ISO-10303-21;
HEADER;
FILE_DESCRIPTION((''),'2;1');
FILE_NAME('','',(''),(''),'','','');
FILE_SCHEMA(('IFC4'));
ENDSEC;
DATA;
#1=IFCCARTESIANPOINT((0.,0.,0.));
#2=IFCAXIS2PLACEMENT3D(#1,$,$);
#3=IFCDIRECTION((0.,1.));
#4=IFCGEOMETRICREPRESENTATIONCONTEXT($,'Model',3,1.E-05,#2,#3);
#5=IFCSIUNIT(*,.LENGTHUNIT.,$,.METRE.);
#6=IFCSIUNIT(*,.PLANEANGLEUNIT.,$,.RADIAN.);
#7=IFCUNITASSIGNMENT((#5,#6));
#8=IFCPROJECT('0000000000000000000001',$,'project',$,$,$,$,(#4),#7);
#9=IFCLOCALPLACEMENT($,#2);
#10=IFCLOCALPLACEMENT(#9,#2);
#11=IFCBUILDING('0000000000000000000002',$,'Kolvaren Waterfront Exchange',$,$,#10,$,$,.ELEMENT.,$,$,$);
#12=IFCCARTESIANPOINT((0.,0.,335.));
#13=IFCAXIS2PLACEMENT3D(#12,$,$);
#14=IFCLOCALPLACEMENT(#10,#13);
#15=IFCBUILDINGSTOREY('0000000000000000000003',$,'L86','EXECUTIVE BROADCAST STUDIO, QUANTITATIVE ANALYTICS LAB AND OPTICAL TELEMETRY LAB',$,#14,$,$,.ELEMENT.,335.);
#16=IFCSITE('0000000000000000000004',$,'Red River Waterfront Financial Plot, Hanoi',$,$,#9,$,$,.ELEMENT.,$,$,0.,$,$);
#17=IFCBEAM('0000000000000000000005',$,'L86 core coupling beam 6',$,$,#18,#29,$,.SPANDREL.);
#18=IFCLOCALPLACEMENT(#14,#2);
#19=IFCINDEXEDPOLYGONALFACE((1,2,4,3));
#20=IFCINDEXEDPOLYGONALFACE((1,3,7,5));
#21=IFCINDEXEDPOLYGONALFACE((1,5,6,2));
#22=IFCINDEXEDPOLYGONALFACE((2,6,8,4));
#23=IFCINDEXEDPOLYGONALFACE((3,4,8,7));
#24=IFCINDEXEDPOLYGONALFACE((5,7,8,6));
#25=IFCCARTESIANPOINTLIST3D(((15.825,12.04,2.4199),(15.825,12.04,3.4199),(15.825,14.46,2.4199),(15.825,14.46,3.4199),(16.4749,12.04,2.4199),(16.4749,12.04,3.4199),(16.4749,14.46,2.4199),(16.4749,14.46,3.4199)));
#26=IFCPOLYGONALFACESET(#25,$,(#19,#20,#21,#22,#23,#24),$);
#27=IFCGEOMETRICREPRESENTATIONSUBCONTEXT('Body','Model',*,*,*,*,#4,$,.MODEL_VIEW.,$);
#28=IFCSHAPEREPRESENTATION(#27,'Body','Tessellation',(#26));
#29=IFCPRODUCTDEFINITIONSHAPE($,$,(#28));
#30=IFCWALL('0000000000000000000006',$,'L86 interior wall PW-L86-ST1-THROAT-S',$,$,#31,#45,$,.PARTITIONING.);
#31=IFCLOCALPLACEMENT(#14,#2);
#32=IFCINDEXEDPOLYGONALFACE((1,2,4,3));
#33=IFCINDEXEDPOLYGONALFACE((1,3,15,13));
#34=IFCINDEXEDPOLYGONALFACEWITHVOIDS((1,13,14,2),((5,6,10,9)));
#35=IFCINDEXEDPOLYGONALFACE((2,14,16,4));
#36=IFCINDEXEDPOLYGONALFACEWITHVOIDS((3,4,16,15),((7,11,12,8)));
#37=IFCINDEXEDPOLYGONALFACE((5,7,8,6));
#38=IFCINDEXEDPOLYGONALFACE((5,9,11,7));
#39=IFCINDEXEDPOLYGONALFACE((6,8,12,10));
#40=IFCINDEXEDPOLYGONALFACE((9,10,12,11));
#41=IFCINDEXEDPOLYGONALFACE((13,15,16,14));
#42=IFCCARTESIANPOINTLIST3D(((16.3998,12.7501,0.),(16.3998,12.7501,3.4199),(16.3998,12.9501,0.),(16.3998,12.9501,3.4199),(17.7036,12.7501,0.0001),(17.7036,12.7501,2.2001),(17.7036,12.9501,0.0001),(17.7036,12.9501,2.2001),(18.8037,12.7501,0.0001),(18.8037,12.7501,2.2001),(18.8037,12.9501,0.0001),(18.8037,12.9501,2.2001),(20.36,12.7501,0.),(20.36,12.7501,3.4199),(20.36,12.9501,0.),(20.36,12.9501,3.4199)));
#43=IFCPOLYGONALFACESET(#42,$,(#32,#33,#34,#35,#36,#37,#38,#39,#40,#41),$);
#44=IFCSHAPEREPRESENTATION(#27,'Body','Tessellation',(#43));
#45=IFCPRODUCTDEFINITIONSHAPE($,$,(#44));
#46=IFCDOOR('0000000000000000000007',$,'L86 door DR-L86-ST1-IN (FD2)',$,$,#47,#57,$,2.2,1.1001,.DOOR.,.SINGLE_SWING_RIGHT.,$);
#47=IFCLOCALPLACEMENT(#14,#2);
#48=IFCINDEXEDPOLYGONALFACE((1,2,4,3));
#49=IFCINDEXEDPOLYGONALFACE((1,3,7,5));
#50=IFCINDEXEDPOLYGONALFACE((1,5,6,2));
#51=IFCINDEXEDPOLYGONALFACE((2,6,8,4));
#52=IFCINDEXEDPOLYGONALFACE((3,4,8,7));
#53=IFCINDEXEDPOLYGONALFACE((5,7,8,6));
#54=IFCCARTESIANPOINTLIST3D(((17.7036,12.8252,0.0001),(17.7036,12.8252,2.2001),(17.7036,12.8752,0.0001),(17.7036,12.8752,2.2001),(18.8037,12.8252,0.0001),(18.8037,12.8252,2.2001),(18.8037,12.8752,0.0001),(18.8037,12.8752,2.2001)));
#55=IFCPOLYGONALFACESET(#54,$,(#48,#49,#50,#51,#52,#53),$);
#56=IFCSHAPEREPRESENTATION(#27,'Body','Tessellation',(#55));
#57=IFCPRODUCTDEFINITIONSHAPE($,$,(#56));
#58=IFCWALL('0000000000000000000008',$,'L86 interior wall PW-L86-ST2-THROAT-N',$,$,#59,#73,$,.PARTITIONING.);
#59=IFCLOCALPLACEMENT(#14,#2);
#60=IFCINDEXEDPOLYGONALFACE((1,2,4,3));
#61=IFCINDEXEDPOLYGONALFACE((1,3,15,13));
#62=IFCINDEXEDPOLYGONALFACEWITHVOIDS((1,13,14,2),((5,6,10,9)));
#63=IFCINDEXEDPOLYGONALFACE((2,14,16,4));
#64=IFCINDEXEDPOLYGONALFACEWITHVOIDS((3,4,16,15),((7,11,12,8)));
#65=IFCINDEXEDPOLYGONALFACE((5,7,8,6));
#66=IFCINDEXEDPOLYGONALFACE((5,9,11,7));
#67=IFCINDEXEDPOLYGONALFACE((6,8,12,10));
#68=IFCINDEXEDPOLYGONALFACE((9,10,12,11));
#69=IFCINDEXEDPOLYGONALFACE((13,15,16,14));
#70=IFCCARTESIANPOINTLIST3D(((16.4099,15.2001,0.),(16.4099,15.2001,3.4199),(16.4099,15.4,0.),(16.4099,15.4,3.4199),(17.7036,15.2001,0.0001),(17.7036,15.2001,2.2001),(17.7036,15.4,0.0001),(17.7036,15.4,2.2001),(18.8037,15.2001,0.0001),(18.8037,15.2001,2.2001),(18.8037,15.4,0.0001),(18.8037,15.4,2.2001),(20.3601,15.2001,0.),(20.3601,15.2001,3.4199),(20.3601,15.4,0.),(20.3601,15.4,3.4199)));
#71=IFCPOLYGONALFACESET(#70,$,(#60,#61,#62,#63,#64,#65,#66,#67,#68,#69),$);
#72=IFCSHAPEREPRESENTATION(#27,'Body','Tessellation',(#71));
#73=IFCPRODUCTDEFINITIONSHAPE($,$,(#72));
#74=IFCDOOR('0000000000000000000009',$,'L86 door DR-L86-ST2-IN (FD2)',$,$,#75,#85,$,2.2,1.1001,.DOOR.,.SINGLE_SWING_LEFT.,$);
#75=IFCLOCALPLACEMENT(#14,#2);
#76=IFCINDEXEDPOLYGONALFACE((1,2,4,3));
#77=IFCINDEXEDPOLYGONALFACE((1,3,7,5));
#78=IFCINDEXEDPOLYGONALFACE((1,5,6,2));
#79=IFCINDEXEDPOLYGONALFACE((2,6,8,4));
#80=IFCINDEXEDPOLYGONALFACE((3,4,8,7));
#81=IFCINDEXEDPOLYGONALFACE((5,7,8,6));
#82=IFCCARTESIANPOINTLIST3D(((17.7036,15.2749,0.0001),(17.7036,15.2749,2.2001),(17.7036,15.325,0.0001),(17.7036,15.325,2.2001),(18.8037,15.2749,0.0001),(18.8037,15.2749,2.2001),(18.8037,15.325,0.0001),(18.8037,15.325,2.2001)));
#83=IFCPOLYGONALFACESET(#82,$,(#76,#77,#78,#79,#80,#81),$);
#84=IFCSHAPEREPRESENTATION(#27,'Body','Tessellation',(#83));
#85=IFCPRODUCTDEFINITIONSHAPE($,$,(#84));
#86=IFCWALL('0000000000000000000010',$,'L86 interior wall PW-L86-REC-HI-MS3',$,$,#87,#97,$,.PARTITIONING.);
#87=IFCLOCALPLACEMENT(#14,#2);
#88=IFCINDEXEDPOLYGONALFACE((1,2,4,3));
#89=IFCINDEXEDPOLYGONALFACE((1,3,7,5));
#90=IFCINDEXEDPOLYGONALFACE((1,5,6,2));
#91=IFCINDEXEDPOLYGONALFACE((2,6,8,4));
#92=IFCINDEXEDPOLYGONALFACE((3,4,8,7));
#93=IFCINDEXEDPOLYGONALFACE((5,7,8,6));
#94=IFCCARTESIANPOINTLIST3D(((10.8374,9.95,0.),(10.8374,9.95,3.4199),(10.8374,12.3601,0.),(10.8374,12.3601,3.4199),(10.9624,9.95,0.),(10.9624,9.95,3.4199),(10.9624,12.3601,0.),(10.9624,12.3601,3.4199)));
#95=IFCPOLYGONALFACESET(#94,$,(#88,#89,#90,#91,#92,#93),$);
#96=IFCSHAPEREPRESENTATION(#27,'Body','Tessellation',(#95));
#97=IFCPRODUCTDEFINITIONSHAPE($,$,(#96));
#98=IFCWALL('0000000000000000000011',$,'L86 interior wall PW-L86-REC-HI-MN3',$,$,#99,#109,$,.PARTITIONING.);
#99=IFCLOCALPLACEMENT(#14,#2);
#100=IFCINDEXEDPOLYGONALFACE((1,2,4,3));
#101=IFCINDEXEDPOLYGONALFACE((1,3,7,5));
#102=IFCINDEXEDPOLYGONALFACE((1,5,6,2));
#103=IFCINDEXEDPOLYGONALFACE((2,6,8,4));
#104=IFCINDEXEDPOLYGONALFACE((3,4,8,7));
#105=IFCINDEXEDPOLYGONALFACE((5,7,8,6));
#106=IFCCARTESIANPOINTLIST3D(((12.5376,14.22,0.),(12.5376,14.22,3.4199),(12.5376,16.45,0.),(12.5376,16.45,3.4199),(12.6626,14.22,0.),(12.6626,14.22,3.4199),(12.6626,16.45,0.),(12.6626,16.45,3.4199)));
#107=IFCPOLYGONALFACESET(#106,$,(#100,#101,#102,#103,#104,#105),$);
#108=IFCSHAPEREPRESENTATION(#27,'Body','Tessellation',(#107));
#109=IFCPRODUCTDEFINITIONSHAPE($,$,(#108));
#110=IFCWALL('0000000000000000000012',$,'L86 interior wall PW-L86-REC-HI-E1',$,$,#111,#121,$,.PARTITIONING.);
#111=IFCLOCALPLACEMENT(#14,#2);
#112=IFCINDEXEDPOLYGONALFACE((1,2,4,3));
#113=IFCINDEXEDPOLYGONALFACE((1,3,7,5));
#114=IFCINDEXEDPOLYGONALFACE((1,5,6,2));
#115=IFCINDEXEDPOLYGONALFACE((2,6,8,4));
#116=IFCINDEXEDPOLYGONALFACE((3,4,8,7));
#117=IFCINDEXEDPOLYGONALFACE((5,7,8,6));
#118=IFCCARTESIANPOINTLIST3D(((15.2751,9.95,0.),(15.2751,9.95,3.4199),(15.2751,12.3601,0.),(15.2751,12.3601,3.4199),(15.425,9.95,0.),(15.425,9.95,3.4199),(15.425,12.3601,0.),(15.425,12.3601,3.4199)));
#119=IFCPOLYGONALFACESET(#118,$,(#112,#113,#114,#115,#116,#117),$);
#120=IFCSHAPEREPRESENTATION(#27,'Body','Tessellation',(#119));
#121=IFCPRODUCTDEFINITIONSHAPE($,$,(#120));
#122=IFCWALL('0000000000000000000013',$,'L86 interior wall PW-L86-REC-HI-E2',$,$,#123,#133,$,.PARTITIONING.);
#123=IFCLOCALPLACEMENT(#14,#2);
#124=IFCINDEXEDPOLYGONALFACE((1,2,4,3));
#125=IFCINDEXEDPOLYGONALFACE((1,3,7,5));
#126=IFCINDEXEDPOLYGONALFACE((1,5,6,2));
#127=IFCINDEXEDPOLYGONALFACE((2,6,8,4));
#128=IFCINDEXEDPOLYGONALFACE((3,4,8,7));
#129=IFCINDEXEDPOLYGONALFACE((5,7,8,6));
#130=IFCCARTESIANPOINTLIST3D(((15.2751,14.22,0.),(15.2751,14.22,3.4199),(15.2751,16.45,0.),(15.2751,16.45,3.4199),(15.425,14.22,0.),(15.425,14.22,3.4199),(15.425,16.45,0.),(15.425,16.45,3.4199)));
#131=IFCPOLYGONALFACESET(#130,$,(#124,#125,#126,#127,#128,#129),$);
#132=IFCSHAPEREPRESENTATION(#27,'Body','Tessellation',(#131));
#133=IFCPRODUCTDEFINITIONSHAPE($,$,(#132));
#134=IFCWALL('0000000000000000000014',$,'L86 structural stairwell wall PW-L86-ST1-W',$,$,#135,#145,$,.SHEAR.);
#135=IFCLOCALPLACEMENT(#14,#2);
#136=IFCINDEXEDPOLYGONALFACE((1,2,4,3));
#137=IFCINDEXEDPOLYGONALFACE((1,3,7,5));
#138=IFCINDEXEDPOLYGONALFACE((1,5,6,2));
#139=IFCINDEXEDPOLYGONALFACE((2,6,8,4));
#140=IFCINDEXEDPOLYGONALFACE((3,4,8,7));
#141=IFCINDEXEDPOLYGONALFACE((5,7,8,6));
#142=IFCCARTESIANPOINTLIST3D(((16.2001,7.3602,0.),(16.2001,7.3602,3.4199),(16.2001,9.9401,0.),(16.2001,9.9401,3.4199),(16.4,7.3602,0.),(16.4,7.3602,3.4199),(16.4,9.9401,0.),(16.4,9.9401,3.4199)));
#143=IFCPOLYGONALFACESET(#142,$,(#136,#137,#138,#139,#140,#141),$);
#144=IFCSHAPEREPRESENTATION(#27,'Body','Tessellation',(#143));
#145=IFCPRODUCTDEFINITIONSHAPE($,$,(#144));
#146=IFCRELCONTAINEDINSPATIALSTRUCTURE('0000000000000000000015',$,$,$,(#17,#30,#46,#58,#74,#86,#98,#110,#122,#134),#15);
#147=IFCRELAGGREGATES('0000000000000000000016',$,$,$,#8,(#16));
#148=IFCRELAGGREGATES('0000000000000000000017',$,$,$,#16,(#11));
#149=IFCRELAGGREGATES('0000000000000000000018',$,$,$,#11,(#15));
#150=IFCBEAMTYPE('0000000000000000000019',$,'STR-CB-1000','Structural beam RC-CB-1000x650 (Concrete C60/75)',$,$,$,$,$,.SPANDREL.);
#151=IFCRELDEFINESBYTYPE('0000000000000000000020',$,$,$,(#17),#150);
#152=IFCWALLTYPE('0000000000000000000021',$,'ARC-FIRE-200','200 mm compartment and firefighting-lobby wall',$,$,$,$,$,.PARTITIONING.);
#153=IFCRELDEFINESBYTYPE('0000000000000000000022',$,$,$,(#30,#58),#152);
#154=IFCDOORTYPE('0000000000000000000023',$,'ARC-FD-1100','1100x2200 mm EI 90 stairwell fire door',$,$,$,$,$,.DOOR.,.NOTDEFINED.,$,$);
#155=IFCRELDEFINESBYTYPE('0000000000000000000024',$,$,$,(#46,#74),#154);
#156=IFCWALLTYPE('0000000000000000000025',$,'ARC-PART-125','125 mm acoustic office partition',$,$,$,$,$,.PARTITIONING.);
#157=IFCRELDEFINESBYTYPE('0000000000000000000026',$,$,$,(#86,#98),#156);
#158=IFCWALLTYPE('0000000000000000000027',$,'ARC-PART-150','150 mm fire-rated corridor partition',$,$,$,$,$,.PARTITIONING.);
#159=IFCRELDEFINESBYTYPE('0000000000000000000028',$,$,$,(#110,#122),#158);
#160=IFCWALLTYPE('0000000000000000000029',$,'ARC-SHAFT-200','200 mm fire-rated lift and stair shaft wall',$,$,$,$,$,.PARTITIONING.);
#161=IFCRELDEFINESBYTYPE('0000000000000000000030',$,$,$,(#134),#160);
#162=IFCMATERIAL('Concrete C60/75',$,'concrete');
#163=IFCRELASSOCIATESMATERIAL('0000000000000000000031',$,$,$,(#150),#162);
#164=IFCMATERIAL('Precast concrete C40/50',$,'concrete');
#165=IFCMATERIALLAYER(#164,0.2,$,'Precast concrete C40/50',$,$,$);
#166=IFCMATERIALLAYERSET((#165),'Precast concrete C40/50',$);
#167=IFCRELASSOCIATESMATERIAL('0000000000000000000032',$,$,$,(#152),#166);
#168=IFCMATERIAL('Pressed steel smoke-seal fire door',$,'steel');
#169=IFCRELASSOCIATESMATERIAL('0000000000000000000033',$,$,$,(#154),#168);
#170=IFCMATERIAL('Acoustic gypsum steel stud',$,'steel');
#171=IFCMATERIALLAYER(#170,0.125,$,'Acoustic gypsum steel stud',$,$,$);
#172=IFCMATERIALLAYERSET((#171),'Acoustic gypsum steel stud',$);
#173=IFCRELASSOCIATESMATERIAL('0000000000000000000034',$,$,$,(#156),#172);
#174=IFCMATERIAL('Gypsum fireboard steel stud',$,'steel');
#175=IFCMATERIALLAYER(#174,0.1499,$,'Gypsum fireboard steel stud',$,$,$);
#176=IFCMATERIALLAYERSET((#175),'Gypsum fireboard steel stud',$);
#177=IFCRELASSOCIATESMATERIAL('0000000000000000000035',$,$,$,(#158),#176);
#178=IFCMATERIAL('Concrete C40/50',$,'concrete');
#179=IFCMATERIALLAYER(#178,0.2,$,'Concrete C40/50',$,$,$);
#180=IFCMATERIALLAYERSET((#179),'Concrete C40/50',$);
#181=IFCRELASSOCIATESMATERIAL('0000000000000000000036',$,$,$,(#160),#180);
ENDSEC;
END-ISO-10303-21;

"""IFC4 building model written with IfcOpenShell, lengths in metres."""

from ifc_helpers import new_model, si_unit, direction, frame, frame_2d, origin, origin_2d, place, context, subcontext, project, spatial, rectangle, extrude, material, layer, layer_set, material_profile, profile_set, type_object, element, fill, save


model = new_model("IFC4")

# Units and contexts
model_context = context("Model", 3, precision=1e-05, world=origin(), true_north=direction((0.0, 1.0)))
body_context = subcontext(model_context, "Body", "Model", "MODEL_VIEW")
ifc_project = project(units=[si_unit("LENGTHUNIT", "METRE"), si_unit("PLANEANGLEUNIT", "RADIAN")], contexts=[model_context])

# Site, building, storey
site_placement = place(None, origin())
site = spatial("IfcSite", under=ifc_project, at=site_placement, Name="Red River Waterfront Financial Plot, Hanoi", CompositionType="ELEMENT", RefElevation=0.0)
building_placement = place(site_placement, origin())
building = spatial("IfcBuilding", under=site, at=building_placement, Name="Kolvaren Waterfront Exchange", CompositionType="ELEMENT")
storey_placement = place(building_placement, frame((0.0, 0.0, 335.0)))
storey = spatial("IfcBuildingStorey", under=building, at=storey_placement, Name="L86", Description="EXECUTIVE BROADCAST STUDIO, QUANTITATIVE ANALYTICS LAB AND OPTICAL TELEMETRY LAB", CompositionType="ELEMENT", Elevation=335.0)

# Beam
ifc_material_1 = material(Name="Concrete C60/75", Category="concrete")
ifc_material_profile = material_profile(ifc_material_1, rectangle(XDim=0.6499, YDim=1.0, at=origin_2d()), Name="RC-CB-1000x650")
ifc_profile_set = profile_set([ifc_material_profile], Name="Concrete C60/75")
beam_type = type_object("IfcBeamType", Name="STR-CB-1000", Description="Structural beam RC-CB-1000x650 (Concrete C60/75)", PredefinedType="SPANDREL", material=ifc_profile_set)
beam_placement = place(storey_placement, frame((16.1499, 12.04, 2.9199), z_axis=(0.0, 1.0, 0.0), x_axis=(-1.0, 0.0, 0.0)))
element("IfcBeam", 1, at=beam_placement, inside=storey, type_object=beam_type, Name="L86 core coupling beam 6", PredefinedType="SPANDREL", context=body_context, shape_type="SweptSolid", body=[
    extrude(rectangle(XDim=0.6499, YDim=1.0, at=origin_2d()), origin(), (0.0, 0.0, 1.0), 2.4199),
])

# Walls, openings, doors
ifc_material_2 = material(Name="Precast concrete C40/50", Category="concrete")
ifc_layer_1 = layer(ifc_material_2, 0.2, Name="Precast concrete C40/50")
ifc_layer_set_1 = layer_set([ifc_layer_1], Name="Precast concrete C40/50")
wall_type_1 = type_object("IfcWallType", Name="ARC-FIRE-200", Description="200 mm compartment and firefighting-lobby wall", PredefinedType="PARTITIONING", material=ifc_layer_set_1)
wall_1_placement = place(storey_placement, frame((16.3999, 12.8501, 0.0), z_axis=(0.0, 0.0, 1.0), x_axis=(1.0, 0.0, 0.0)))
wall_1 = element("IfcWall", 2, at=wall_1_placement, inside=storey, type_object=wall_type_1, Name="L86 interior wall PW-L86-ST1-THROAT-S", PredefinedType="PARTITIONING", context=body_context, shape_type="SweptSolid", body=[
    extrude(rectangle(XDim=3.9602, YDim=0.2, at=frame_2d((1.98, 0.0))), origin(), (0.0, 0.0, 1.0), 3.4199),
])
opening_1_placement = place(wall_1_placement, frame((1.3037, 0.0, 0.0)))
opening_1 = element("IfcOpeningElement", 3, at=opening_1_placement, cuts=wall_1, PredefinedType="OPENING", context=body_context, shape_type="SweptSolid", body=[
    extrude(rectangle(XDim=1.1001, YDim=2.2, at=frame_2d((0.55, 1.1001))), frame((0.0, 0.1099, 0.0), z_axis=(0.0, -1.0, 0.0), x_axis=(1.0, 0.0, 0.0)), (0.0, 0.0, 1.0), 0.22),
])
ifc_material_3 = material(Name="Pressed steel smoke-seal fire door", Category="steel")
door_type_1 = type_object("IfcDoorType", Name="ARC-FD-1100", Description="1100x2200 mm EI 90 stairwell fire door", OperationType="NOTDEFINED", PredefinedType="DOOR", material=ifc_material_3)
door_1_placement = place(opening_1_placement, frame((1.1001, 0.0, 0.0), z_axis=(0.0, 0.0, 1.0), x_axis=(-1.0, 0.0, 0.0)))
door_1 = element("IfcDoor", 4, at=door_1_placement, inside=storey, type_object=door_type_1, Name="L86 door DR-L86-ST1-IN (FD2)", OperationType="SINGLE_SWING_RIGHT", OverallHeight=2.2, OverallWidth=1.1001, PredefinedType="DOOR", context=body_context, shape_type="SweptSolid", body=[
    extrude(rectangle(XDim=1.1001, YDim=2.2, at=frame_2d((0.55, 1.1001))), frame((0.0, 0.0249, 0.0), z_axis=(0.0, -1.0, 0.0), x_axis=(1.0, 0.0, 0.0)), (0.0, 0.0, 1.0), 0.05),
])
fill(opening_1, door_1)
wall_2_placement = place(storey_placement, frame((16.4099, 15.3, 0.0), z_axis=(0.0, 0.0, 1.0), x_axis=(1.0, 0.0, 0.0)))
wall_2 = element("IfcWall", 5, at=wall_2_placement, inside=storey, type_object=wall_type_1, Name="L86 interior wall PW-L86-ST2-THROAT-N", PredefinedType="PARTITIONING", context=body_context, shape_type="SweptSolid", body=[
    extrude(rectangle(XDim=3.9502, YDim=0.2, at=frame_2d((1.9751, 0.0))), origin(), (0.0, 0.0, 1.0), 3.4199),
])
opening_2_placement = place(wall_2_placement, frame((1.2937, 0.0, 0.0)))
opening_2 = element("IfcOpeningElement", 6, at=opening_2_placement, cuts=wall_2, PredefinedType="OPENING", context=body_context, shape_type="SweptSolid", body=[
    extrude(rectangle(XDim=1.1001, YDim=2.2, at=frame_2d((0.55, 1.1001))), frame((0.0, 0.1099, 0.0), z_axis=(0.0, -1.0, 0.0), x_axis=(1.0, 0.0, 0.0)), (0.0, 0.0, 1.0), 0.22),
])
door_2_placement = place(opening_2_placement, origin())
door_2 = element("IfcDoor", 7, at=door_2_placement, inside=storey, type_object=door_type_1, Name="L86 door DR-L86-ST2-IN (FD2)", OperationType="SINGLE_SWING_LEFT", OverallHeight=2.2, OverallWidth=1.1001, PredefinedType="DOOR", context=body_context, shape_type="SweptSolid", body=[
    extrude(rectangle(XDim=1.1001, YDim=2.2, at=frame_2d((0.55, 1.1001))), frame((0.0, 0.0249, 0.0), z_axis=(0.0, -1.0, 0.0), x_axis=(1.0, 0.0, 0.0)), (0.0, 0.0, 1.0), 0.05),
])
fill(opening_2, door_2)

# Walls
ifc_material_4 = material(Name="Acoustic gypsum steel stud", Category="steel")
ifc_layer_2 = layer(ifc_material_4, 0.125, Name="Acoustic gypsum steel stud")
ifc_layer_set_2 = layer_set([ifc_layer_2], Name="Acoustic gypsum steel stud")
wall_type_2 = type_object("IfcWallType", Name="ARC-PART-125", Description="125 mm acoustic office partition", PredefinedType="PARTITIONING", material=ifc_layer_set_2)
wall_3_placement = place(storey_placement, frame((10.8999, 9.95, 0.0), z_axis=(0.0, 0.0, 1.0), x_axis=(0.0, 1.0, 0.0)))
element("IfcWall", 8, at=wall_3_placement, inside=storey, type_object=wall_type_2, Name="L86 interior wall PW-L86-REC-HI-MS3", PredefinedType="PARTITIONING", context=body_context, shape_type="SweptSolid", body=[
    extrude(rectangle(XDim=2.4102, YDim=0.125, at=frame_2d((1.2051, 0.0))), origin(), (0.0, 0.0, 1.0), 3.4199),
])
wall_4_placement = place(storey_placement, frame((12.6001, 14.22, 0.0), z_axis=(0.0, 0.0, 1.0), x_axis=(0.0, 1.0, 0.0)))
element("IfcWall", 9, at=wall_4_placement, inside=storey, type_object=wall_type_2, Name="L86 interior wall PW-L86-REC-HI-MN3", PredefinedType="PARTITIONING", context=body_context, shape_type="SweptSolid", body=[
    extrude(rectangle(XDim=2.23, YDim=0.125, at=frame_2d((1.115, 0.0))), origin(), (0.0, 0.0, 1.0), 3.4199),
])
ifc_material_5 = material(Name="Gypsum fireboard steel stud", Category="steel")
ifc_layer_3 = layer(ifc_material_5, 0.1499, Name="Gypsum fireboard steel stud")
ifc_layer_set_3 = layer_set([ifc_layer_3], Name="Gypsum fireboard steel stud")
wall_type_3 = type_object("IfcWallType", Name="ARC-PART-150", Description="150 mm fire-rated corridor partition", PredefinedType="PARTITIONING", material=ifc_layer_set_3)
wall_5_placement = place(storey_placement, frame((15.3501, 9.95, 0.0), z_axis=(0.0, 0.0, 1.0), x_axis=(0.0, 1.0, 0.0)))
element("IfcWall", 10, at=wall_5_placement, inside=storey, type_object=wall_type_3, Name="L86 interior wall PW-L86-REC-HI-E1", PredefinedType="PARTITIONING", context=body_context, shape_type="SweptSolid", body=[
    extrude(rectangle(XDim=2.4102, YDim=0.1499, at=frame_2d((1.2051, 0.0))), origin(), (0.0, 0.0, 1.0), 3.4199),
])
wall_6_placement = place(storey_placement, frame((15.3501, 14.22, 0.0), z_axis=(0.0, 0.0, 1.0), x_axis=(0.0, 1.0, 0.0)))
element("IfcWall", 11, at=wall_6_placement, inside=storey, type_object=wall_type_3, Name="L86 interior wall PW-L86-REC-HI-E2", PredefinedType="PARTITIONING", context=body_context, shape_type="SweptSolid", body=[
    extrude(rectangle(XDim=2.23, YDim=0.1499, at=frame_2d((1.115, 0.0))), origin(), (0.0, 0.0, 1.0), 3.4199),
])
ifc_material_6 = material(Name="Concrete C40/50", Category="concrete")
ifc_layer_4 = layer(ifc_material_6, 0.2, Name="Concrete C40/50")
ifc_layer_set_4 = layer_set([ifc_layer_4], Name="Concrete C40/50")
wall_type_4 = type_object("IfcWallType", Name="ARC-SHAFT-200", Description="200 mm fire-rated lift and stair shaft wall", PredefinedType="PARTITIONING", material=ifc_layer_set_4)
wall_7_placement = place(storey_placement, frame((16.3, 7.3601, 0.0), z_axis=(0.0, 0.0, 1.0), x_axis=(0.0, 1.0, 0.0)))
element("IfcWall", 12, at=wall_7_placement, inside=storey, type_object=wall_type_4, Name="L86 structural stairwell wall PW-L86-ST1-W", PredefinedType="SHEAR", context=body_context, shape_type="SweptSolid", body=[
    extrude(rectangle(XDim=2.5798, YDim=0.2, at=frame_2d((1.29, 0.0))), origin(), (0.0, 0.0, 1.0), 3.4199),
])

save(model, "model.ifc")
